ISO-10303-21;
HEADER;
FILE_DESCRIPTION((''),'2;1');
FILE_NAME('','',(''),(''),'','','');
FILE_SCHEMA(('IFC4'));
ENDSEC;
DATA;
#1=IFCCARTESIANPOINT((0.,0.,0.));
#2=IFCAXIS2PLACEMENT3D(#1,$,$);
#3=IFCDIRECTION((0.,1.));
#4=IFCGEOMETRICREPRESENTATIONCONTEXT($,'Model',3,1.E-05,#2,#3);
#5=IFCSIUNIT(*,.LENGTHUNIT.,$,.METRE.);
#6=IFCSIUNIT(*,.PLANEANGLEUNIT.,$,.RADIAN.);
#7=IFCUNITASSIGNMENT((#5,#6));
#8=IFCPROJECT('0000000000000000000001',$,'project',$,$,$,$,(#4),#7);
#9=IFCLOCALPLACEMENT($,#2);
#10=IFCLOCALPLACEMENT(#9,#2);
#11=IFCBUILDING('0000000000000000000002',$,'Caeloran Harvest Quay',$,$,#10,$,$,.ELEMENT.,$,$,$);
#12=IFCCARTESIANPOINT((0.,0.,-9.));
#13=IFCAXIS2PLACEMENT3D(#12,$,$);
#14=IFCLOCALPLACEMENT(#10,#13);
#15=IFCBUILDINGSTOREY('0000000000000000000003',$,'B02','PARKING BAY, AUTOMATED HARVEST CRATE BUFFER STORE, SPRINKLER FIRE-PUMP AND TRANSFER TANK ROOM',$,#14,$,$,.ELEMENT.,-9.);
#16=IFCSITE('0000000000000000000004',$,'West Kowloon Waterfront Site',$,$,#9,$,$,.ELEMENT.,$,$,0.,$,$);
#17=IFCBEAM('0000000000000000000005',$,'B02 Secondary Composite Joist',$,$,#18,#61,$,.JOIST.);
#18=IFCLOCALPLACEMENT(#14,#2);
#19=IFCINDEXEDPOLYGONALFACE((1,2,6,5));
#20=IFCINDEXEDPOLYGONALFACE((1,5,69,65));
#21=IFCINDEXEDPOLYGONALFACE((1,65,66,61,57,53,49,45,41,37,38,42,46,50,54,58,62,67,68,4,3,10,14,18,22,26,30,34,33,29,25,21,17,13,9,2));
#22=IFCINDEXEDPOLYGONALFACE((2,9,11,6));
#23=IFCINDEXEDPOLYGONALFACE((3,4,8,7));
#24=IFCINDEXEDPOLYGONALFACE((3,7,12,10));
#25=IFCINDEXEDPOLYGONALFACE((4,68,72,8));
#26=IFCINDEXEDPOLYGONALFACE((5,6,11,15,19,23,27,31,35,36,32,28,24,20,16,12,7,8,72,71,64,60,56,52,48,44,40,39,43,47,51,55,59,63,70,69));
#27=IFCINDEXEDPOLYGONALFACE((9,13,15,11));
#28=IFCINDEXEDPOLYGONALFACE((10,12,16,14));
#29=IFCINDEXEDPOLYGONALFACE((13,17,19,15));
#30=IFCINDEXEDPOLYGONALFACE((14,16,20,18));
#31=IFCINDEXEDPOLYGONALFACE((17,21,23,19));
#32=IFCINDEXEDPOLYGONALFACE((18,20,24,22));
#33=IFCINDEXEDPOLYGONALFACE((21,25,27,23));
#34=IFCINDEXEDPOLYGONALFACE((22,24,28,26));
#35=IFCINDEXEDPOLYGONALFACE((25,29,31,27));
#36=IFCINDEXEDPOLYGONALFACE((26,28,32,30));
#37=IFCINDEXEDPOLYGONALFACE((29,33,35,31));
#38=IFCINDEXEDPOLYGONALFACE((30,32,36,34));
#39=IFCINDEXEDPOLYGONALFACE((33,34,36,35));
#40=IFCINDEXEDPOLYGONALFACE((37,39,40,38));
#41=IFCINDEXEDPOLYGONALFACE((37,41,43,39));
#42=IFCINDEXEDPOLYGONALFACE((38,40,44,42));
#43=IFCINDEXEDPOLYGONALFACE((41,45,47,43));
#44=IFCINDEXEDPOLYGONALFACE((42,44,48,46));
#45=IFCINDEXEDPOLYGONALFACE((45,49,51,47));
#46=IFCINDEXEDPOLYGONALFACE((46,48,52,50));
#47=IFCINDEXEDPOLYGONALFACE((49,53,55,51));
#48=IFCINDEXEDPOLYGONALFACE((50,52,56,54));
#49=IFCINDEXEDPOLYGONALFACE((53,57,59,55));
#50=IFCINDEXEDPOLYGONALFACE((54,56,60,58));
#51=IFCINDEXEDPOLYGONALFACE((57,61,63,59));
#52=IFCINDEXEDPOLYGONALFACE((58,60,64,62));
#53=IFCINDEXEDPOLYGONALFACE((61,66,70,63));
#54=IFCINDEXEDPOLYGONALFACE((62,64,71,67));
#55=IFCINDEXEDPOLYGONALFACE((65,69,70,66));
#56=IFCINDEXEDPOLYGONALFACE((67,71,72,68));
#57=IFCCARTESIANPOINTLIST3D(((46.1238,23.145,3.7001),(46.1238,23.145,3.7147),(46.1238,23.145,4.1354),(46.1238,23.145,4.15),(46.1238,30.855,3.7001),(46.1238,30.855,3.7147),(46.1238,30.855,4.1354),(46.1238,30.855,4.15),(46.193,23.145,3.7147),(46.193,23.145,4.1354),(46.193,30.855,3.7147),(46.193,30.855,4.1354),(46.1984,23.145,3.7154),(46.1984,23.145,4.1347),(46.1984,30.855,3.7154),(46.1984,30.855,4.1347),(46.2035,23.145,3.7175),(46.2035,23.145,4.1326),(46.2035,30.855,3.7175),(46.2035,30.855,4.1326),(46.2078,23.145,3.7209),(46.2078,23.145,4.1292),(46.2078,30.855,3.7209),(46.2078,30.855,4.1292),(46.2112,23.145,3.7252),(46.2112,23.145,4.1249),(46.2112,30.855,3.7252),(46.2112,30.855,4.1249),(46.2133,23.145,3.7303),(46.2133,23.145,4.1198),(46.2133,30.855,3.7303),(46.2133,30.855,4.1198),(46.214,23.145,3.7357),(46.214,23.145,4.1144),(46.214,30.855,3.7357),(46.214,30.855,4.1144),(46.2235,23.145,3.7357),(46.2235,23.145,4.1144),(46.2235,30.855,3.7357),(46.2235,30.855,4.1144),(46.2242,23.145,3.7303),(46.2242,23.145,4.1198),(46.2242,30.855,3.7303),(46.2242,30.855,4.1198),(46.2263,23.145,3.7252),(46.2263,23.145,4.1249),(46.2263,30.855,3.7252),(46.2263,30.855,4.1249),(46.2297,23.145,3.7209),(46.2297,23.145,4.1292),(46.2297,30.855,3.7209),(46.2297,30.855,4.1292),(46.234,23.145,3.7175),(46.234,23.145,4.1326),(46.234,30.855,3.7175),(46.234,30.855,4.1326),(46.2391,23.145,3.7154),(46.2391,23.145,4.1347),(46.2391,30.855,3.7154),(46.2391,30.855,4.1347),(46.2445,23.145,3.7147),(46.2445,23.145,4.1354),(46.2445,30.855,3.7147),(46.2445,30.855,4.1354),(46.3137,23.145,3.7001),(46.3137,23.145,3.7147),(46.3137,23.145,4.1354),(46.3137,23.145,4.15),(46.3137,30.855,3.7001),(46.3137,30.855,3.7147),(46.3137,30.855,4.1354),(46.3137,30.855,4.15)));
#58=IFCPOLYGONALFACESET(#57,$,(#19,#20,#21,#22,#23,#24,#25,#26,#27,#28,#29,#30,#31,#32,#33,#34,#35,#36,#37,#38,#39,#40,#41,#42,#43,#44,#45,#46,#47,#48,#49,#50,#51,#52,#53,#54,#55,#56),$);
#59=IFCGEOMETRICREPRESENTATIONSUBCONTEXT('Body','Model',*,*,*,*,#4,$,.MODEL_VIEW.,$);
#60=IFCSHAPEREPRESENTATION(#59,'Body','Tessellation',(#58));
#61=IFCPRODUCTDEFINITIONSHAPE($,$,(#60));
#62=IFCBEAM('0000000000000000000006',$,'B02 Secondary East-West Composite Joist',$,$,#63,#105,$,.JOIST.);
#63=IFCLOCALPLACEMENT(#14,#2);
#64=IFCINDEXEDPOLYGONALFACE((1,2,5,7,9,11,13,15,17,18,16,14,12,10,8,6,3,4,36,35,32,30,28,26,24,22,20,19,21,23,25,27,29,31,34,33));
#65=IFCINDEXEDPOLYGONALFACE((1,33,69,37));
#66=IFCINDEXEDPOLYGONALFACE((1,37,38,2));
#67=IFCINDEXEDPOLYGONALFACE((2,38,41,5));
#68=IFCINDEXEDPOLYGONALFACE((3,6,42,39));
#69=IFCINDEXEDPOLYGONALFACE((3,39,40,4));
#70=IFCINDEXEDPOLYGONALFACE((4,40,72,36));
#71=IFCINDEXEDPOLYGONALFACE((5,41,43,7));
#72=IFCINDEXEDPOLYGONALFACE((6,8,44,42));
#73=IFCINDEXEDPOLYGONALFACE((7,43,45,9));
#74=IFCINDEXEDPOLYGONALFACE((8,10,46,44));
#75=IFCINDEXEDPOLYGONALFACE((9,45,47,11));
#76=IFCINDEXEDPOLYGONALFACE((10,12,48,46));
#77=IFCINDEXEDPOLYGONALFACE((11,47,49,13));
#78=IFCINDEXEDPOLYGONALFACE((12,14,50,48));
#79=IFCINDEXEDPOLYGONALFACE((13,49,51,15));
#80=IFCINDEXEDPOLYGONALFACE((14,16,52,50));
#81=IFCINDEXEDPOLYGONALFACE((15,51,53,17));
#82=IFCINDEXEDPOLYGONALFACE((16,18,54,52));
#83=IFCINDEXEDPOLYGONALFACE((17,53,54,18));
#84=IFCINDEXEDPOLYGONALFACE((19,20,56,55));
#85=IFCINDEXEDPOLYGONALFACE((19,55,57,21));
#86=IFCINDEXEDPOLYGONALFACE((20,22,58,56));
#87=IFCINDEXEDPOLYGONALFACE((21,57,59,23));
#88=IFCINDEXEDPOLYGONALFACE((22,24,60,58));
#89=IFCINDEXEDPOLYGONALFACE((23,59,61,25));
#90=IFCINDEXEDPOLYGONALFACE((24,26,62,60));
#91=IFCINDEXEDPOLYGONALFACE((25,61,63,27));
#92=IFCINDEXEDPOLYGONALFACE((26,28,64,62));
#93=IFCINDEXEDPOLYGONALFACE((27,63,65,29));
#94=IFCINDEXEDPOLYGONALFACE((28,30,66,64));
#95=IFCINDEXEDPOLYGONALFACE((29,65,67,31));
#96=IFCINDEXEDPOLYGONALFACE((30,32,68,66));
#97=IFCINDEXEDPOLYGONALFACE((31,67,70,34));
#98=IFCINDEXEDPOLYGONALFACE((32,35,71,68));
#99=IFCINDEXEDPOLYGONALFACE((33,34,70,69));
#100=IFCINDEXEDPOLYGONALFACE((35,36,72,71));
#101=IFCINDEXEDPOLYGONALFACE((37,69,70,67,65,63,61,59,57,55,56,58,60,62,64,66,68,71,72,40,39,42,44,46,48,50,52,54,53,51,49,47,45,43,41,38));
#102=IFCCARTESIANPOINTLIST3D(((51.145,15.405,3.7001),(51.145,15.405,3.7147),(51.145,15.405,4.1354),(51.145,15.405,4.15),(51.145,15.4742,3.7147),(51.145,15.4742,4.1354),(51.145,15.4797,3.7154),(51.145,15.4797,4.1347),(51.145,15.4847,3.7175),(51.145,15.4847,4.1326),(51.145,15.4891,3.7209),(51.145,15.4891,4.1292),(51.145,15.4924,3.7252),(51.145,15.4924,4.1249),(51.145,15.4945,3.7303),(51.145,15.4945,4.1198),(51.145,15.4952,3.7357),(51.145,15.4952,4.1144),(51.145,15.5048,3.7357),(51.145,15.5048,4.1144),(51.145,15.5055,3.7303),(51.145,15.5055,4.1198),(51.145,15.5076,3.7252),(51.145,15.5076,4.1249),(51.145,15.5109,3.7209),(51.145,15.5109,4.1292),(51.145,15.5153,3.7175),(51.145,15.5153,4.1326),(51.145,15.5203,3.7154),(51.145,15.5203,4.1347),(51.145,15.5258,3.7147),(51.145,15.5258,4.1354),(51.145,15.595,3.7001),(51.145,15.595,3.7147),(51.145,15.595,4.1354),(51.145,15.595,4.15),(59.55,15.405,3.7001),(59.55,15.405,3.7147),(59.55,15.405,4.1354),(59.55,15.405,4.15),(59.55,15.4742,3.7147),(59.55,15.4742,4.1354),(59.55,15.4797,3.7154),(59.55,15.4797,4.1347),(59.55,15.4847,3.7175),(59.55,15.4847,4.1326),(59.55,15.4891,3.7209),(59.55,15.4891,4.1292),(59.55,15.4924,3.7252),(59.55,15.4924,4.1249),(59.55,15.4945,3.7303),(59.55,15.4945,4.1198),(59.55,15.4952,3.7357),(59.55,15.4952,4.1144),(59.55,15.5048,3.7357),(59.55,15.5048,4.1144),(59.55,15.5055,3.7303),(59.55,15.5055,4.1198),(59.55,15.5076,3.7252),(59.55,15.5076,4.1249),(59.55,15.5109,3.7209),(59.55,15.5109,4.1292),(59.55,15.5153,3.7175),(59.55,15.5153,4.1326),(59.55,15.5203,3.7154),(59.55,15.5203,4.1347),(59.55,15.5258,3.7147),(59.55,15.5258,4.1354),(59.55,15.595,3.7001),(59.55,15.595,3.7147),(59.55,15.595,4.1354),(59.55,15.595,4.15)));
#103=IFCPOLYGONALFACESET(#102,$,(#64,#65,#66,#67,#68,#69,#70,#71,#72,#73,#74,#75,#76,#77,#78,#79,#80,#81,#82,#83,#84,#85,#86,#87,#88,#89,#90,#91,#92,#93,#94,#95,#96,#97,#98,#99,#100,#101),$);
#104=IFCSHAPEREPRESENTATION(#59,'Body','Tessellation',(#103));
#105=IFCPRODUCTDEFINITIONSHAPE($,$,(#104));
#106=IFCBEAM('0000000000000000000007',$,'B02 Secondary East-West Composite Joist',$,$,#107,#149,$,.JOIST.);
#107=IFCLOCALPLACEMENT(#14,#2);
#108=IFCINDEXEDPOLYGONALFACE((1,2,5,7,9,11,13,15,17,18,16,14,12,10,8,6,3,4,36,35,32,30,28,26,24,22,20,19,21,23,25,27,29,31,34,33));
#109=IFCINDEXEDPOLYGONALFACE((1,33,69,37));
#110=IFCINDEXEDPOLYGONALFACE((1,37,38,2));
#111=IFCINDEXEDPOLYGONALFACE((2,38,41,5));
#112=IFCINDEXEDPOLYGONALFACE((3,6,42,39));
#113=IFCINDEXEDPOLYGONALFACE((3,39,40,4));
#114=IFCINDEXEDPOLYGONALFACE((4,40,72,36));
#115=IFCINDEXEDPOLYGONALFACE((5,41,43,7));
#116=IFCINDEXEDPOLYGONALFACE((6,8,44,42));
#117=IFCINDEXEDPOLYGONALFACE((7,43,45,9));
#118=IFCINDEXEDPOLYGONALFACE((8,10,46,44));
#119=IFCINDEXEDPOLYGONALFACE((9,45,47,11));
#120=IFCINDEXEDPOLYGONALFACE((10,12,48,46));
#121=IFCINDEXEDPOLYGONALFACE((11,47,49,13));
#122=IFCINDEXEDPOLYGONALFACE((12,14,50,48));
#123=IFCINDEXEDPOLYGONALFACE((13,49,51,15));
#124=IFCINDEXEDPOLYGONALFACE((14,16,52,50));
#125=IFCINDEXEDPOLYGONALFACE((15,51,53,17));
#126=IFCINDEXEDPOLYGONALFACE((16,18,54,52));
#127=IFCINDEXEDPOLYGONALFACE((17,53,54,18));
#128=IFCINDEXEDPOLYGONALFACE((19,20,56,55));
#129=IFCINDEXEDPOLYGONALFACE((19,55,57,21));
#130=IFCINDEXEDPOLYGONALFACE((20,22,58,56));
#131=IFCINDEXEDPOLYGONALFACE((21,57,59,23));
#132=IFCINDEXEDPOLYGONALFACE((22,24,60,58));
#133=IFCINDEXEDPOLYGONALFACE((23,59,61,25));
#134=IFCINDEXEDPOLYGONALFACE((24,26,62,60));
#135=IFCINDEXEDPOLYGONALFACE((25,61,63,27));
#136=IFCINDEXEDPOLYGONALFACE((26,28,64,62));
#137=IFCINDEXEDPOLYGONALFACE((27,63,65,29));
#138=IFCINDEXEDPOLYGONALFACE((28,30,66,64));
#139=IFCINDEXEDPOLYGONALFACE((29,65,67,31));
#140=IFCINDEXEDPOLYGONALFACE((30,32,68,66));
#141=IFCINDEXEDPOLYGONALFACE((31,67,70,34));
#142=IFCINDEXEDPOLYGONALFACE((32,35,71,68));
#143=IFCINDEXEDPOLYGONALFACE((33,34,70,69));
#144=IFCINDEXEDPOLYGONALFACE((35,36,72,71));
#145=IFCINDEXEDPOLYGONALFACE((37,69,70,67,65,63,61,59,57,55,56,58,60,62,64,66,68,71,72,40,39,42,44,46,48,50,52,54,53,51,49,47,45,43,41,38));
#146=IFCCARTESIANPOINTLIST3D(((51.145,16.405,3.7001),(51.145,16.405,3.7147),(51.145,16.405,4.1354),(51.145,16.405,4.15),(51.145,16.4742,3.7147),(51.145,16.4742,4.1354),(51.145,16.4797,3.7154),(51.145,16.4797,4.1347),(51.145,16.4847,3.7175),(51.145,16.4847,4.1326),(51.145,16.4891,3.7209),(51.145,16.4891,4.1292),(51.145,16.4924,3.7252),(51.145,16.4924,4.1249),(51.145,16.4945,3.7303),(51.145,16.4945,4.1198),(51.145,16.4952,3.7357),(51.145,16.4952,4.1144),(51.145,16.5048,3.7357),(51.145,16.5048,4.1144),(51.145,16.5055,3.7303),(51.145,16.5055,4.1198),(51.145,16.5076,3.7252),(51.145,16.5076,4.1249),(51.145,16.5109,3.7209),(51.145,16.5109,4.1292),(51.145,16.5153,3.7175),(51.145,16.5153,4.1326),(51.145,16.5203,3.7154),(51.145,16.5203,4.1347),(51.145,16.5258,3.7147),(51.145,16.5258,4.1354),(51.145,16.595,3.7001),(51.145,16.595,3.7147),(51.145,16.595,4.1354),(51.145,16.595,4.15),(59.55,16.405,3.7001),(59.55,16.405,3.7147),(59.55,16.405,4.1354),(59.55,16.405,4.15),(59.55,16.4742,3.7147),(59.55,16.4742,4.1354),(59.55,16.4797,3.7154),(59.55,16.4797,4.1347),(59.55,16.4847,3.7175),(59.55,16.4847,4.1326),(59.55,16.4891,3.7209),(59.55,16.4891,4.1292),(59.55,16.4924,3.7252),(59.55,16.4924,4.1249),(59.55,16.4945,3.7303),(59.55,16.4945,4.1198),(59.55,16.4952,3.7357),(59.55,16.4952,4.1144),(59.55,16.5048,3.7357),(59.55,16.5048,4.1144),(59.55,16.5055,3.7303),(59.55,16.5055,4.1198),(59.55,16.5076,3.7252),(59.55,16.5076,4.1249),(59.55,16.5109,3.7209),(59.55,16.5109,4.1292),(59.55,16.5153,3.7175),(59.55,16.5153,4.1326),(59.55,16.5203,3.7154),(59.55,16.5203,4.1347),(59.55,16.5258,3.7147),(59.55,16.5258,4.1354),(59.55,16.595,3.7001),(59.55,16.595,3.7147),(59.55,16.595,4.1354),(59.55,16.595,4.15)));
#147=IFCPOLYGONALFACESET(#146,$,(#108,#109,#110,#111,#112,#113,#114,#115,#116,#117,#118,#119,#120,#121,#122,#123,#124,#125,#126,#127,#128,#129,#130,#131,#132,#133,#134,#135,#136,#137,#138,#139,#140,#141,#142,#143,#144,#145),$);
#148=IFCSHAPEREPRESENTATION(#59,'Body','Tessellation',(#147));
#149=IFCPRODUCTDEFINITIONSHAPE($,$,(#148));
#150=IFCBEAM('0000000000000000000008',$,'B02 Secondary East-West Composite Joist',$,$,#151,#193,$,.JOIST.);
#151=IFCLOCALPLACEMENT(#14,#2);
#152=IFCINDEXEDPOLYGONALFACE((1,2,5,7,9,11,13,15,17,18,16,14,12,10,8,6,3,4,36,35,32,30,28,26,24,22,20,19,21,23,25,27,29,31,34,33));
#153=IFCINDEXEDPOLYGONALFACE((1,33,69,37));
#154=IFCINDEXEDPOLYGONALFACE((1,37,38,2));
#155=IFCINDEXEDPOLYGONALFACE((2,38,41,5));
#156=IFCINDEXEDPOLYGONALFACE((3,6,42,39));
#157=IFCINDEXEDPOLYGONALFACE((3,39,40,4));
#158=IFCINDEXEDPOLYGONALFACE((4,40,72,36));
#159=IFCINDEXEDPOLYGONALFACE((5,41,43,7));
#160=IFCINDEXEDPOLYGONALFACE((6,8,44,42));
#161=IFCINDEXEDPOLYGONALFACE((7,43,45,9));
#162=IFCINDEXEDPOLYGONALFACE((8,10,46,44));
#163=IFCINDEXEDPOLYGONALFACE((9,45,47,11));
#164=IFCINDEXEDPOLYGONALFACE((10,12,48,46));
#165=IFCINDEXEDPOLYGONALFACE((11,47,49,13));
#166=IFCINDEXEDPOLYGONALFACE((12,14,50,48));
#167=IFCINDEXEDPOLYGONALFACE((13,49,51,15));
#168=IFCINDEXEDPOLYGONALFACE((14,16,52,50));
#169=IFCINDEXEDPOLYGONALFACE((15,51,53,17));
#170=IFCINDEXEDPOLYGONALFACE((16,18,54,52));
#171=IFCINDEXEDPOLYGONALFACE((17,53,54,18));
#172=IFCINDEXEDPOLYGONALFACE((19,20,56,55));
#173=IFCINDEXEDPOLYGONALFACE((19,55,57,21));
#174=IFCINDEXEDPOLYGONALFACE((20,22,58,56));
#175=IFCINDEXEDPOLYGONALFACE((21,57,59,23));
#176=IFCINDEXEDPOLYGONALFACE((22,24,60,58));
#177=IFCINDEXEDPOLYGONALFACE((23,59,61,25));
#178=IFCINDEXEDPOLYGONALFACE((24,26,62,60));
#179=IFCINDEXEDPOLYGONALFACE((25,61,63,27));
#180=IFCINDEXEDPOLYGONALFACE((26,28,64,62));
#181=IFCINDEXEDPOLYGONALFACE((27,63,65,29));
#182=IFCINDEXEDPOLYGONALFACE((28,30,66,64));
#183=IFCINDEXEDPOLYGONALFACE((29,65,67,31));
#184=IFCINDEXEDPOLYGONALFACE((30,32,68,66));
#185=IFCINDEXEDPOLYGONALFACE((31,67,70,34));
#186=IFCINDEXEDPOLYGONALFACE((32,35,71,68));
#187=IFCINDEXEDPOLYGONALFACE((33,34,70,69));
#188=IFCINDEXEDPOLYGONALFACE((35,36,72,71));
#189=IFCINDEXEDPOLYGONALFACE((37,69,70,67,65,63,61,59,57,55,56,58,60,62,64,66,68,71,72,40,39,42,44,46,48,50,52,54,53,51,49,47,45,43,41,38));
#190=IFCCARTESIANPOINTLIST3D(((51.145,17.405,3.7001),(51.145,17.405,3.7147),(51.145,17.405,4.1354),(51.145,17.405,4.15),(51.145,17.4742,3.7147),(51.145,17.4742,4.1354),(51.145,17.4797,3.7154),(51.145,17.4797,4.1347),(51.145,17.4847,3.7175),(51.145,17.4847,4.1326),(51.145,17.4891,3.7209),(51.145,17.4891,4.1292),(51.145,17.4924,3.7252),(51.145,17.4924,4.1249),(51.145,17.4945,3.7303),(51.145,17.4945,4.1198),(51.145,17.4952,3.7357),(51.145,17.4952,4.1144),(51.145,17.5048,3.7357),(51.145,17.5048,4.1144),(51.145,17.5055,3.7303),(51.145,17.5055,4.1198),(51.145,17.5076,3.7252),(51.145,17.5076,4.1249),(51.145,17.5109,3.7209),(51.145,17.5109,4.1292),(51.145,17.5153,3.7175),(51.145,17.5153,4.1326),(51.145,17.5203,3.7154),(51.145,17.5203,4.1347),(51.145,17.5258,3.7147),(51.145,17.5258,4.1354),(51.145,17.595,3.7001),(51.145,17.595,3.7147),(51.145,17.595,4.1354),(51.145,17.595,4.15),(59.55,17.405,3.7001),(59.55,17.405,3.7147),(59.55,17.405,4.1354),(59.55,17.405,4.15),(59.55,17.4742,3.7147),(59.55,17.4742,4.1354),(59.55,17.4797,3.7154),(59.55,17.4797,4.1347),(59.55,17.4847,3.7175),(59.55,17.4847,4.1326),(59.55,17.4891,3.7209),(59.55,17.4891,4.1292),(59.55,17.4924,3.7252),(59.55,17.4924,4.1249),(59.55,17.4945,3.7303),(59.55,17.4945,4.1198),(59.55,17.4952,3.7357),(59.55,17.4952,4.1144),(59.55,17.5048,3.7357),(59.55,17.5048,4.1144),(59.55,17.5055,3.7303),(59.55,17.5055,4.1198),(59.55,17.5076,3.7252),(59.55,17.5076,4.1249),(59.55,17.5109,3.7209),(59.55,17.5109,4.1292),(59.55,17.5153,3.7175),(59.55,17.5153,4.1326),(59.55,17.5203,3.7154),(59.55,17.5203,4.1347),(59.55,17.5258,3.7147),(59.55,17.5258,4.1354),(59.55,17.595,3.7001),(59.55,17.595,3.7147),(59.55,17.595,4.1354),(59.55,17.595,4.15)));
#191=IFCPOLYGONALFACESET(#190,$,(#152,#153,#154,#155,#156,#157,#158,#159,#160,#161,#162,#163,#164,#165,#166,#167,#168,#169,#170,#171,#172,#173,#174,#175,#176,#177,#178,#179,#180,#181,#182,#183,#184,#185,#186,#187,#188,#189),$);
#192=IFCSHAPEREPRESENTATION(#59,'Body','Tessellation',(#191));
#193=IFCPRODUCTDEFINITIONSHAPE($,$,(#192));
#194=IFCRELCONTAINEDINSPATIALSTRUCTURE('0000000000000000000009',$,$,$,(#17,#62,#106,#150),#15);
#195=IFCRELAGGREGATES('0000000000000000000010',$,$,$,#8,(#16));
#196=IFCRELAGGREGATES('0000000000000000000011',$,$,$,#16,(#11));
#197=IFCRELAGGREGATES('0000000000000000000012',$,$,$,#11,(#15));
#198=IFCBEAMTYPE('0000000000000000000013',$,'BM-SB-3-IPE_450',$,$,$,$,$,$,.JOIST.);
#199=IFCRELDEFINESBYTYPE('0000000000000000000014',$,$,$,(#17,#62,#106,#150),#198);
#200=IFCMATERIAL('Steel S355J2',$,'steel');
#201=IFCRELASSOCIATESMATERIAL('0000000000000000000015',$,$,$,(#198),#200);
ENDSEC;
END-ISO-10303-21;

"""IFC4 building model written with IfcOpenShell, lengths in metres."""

from ifc_helpers import new_model, si_unit, direction, frame, origin, origin_2d, place, context, subcontext, project, spatial, i_section, extrude, material, material_profile, profile_set, type_object, element, save


model = new_model("IFC4")

# Units and contexts
model_context = context("Model", 3, precision=1e-05, world=origin(), true_north=direction((0.0, 1.0)))
body_context = subcontext(model_context, "Body", "Model", "MODEL_VIEW")
ifc_project = project(units=[si_unit("LENGTHUNIT", "METRE"), si_unit("PLANEANGLEUNIT", "RADIAN")], contexts=[model_context])

# Site, building, storey
site_placement = place(None, origin())
site = spatial("IfcSite", under=ifc_project, at=site_placement, Name="West Kowloon Waterfront Site", CompositionType="ELEMENT", RefElevation=0.0)
building_placement = place(site_placement, origin())
building = spatial("IfcBuilding", under=site, at=building_placement, Name="Caeloran Harvest Quay", CompositionType="ELEMENT")
storey_placement = place(building_placement, frame((0.0, 0.0, -9.0)))
storey = spatial("IfcBuildingStorey", under=building, at=storey_placement, Name="B02", Description="PARKING BAY, AUTOMATED HARVEST CRATE BUFFER STORE, SPRINKLER FIRE-PUMP AND TRANSFER TANK ROOM", CompositionType="ELEMENT", Elevation=-9.0)

# Beams
ifc_material_1 = material(Name="Steel S355J2", Category="steel")
ifc_material_profile_1 = material_profile(ifc_material_1, i_section(OverallWidth=0.1899, OverallDepth=0.45, WebThickness=0.0095, FlangeThickness=0.0146, FilletRadius=0.021, at=origin_2d()), Name="IPE 450")
ifc_profile_set_1 = profile_set([ifc_material_profile_1], Name="Steel S355J2")
beam_type_1 = type_object("IfcBeamType", Name="BM-SB-3-IPE_450", PredefinedType="JOIST", material=ifc_profile_set_1)
beam_1_placement = place(storey_placement, frame((46.2188, 23.145, 3.925), z_axis=(0.0, 1.0, 0.0), x_axis=(-1.0, 0.0, 0.0)))
element("IfcBeam", 1, at=beam_1_placement, inside=storey, type_object=beam_type_1, Name="B02 Secondary Composite Joist", PredefinedType="JOIST", context=body_context, shape_type="SweptSolid", body=[
    extrude(i_section(OverallWidth=0.1899, OverallDepth=0.45, WebThickness=0.0095, FlangeThickness=0.0146, FilletRadius=0.021, at=origin_2d()), origin(), (0.0, 0.0, 1.0), 7.71),
])
for number, where, z_axis, x_axis, name in (
    (2, (51.145, 15.5, 3.925), (1.0, 0.0, 0.0), (0.0, 1.0, 0.0), "B02 Secondary East-West Composite Joist"),
    (3, (51.145, 16.5, 3.925), (1.0, 0.0, 0.0), (0.0, 1.0, 0.0), "B02 Secondary East-West Composite Joist"),
    (4, (51.145, 17.5, 3.925), (1.0, 0.0, 0.0), (0.0, 1.0, 0.0), "B02 Secondary East-West Composite Joist"),
):
    element("IfcBeam", number, at=place(storey_placement, frame(where, z_axis=z_axis, x_axis=x_axis)), inside=storey, type_object=beam_type_1, Name=name, PredefinedType="JOIST", context=body_context, shape_type="SweptSolid", body=[
        extrude(i_section(OverallWidth=0.1899, OverallDepth=0.45, WebThickness=0.0095, FlangeThickness=0.0146, FilletRadius=0.021, at=origin_2d()), origin(), (0.0, 0.0, 1.0), 8.405),
    ])

save(model, "model.ifc")
